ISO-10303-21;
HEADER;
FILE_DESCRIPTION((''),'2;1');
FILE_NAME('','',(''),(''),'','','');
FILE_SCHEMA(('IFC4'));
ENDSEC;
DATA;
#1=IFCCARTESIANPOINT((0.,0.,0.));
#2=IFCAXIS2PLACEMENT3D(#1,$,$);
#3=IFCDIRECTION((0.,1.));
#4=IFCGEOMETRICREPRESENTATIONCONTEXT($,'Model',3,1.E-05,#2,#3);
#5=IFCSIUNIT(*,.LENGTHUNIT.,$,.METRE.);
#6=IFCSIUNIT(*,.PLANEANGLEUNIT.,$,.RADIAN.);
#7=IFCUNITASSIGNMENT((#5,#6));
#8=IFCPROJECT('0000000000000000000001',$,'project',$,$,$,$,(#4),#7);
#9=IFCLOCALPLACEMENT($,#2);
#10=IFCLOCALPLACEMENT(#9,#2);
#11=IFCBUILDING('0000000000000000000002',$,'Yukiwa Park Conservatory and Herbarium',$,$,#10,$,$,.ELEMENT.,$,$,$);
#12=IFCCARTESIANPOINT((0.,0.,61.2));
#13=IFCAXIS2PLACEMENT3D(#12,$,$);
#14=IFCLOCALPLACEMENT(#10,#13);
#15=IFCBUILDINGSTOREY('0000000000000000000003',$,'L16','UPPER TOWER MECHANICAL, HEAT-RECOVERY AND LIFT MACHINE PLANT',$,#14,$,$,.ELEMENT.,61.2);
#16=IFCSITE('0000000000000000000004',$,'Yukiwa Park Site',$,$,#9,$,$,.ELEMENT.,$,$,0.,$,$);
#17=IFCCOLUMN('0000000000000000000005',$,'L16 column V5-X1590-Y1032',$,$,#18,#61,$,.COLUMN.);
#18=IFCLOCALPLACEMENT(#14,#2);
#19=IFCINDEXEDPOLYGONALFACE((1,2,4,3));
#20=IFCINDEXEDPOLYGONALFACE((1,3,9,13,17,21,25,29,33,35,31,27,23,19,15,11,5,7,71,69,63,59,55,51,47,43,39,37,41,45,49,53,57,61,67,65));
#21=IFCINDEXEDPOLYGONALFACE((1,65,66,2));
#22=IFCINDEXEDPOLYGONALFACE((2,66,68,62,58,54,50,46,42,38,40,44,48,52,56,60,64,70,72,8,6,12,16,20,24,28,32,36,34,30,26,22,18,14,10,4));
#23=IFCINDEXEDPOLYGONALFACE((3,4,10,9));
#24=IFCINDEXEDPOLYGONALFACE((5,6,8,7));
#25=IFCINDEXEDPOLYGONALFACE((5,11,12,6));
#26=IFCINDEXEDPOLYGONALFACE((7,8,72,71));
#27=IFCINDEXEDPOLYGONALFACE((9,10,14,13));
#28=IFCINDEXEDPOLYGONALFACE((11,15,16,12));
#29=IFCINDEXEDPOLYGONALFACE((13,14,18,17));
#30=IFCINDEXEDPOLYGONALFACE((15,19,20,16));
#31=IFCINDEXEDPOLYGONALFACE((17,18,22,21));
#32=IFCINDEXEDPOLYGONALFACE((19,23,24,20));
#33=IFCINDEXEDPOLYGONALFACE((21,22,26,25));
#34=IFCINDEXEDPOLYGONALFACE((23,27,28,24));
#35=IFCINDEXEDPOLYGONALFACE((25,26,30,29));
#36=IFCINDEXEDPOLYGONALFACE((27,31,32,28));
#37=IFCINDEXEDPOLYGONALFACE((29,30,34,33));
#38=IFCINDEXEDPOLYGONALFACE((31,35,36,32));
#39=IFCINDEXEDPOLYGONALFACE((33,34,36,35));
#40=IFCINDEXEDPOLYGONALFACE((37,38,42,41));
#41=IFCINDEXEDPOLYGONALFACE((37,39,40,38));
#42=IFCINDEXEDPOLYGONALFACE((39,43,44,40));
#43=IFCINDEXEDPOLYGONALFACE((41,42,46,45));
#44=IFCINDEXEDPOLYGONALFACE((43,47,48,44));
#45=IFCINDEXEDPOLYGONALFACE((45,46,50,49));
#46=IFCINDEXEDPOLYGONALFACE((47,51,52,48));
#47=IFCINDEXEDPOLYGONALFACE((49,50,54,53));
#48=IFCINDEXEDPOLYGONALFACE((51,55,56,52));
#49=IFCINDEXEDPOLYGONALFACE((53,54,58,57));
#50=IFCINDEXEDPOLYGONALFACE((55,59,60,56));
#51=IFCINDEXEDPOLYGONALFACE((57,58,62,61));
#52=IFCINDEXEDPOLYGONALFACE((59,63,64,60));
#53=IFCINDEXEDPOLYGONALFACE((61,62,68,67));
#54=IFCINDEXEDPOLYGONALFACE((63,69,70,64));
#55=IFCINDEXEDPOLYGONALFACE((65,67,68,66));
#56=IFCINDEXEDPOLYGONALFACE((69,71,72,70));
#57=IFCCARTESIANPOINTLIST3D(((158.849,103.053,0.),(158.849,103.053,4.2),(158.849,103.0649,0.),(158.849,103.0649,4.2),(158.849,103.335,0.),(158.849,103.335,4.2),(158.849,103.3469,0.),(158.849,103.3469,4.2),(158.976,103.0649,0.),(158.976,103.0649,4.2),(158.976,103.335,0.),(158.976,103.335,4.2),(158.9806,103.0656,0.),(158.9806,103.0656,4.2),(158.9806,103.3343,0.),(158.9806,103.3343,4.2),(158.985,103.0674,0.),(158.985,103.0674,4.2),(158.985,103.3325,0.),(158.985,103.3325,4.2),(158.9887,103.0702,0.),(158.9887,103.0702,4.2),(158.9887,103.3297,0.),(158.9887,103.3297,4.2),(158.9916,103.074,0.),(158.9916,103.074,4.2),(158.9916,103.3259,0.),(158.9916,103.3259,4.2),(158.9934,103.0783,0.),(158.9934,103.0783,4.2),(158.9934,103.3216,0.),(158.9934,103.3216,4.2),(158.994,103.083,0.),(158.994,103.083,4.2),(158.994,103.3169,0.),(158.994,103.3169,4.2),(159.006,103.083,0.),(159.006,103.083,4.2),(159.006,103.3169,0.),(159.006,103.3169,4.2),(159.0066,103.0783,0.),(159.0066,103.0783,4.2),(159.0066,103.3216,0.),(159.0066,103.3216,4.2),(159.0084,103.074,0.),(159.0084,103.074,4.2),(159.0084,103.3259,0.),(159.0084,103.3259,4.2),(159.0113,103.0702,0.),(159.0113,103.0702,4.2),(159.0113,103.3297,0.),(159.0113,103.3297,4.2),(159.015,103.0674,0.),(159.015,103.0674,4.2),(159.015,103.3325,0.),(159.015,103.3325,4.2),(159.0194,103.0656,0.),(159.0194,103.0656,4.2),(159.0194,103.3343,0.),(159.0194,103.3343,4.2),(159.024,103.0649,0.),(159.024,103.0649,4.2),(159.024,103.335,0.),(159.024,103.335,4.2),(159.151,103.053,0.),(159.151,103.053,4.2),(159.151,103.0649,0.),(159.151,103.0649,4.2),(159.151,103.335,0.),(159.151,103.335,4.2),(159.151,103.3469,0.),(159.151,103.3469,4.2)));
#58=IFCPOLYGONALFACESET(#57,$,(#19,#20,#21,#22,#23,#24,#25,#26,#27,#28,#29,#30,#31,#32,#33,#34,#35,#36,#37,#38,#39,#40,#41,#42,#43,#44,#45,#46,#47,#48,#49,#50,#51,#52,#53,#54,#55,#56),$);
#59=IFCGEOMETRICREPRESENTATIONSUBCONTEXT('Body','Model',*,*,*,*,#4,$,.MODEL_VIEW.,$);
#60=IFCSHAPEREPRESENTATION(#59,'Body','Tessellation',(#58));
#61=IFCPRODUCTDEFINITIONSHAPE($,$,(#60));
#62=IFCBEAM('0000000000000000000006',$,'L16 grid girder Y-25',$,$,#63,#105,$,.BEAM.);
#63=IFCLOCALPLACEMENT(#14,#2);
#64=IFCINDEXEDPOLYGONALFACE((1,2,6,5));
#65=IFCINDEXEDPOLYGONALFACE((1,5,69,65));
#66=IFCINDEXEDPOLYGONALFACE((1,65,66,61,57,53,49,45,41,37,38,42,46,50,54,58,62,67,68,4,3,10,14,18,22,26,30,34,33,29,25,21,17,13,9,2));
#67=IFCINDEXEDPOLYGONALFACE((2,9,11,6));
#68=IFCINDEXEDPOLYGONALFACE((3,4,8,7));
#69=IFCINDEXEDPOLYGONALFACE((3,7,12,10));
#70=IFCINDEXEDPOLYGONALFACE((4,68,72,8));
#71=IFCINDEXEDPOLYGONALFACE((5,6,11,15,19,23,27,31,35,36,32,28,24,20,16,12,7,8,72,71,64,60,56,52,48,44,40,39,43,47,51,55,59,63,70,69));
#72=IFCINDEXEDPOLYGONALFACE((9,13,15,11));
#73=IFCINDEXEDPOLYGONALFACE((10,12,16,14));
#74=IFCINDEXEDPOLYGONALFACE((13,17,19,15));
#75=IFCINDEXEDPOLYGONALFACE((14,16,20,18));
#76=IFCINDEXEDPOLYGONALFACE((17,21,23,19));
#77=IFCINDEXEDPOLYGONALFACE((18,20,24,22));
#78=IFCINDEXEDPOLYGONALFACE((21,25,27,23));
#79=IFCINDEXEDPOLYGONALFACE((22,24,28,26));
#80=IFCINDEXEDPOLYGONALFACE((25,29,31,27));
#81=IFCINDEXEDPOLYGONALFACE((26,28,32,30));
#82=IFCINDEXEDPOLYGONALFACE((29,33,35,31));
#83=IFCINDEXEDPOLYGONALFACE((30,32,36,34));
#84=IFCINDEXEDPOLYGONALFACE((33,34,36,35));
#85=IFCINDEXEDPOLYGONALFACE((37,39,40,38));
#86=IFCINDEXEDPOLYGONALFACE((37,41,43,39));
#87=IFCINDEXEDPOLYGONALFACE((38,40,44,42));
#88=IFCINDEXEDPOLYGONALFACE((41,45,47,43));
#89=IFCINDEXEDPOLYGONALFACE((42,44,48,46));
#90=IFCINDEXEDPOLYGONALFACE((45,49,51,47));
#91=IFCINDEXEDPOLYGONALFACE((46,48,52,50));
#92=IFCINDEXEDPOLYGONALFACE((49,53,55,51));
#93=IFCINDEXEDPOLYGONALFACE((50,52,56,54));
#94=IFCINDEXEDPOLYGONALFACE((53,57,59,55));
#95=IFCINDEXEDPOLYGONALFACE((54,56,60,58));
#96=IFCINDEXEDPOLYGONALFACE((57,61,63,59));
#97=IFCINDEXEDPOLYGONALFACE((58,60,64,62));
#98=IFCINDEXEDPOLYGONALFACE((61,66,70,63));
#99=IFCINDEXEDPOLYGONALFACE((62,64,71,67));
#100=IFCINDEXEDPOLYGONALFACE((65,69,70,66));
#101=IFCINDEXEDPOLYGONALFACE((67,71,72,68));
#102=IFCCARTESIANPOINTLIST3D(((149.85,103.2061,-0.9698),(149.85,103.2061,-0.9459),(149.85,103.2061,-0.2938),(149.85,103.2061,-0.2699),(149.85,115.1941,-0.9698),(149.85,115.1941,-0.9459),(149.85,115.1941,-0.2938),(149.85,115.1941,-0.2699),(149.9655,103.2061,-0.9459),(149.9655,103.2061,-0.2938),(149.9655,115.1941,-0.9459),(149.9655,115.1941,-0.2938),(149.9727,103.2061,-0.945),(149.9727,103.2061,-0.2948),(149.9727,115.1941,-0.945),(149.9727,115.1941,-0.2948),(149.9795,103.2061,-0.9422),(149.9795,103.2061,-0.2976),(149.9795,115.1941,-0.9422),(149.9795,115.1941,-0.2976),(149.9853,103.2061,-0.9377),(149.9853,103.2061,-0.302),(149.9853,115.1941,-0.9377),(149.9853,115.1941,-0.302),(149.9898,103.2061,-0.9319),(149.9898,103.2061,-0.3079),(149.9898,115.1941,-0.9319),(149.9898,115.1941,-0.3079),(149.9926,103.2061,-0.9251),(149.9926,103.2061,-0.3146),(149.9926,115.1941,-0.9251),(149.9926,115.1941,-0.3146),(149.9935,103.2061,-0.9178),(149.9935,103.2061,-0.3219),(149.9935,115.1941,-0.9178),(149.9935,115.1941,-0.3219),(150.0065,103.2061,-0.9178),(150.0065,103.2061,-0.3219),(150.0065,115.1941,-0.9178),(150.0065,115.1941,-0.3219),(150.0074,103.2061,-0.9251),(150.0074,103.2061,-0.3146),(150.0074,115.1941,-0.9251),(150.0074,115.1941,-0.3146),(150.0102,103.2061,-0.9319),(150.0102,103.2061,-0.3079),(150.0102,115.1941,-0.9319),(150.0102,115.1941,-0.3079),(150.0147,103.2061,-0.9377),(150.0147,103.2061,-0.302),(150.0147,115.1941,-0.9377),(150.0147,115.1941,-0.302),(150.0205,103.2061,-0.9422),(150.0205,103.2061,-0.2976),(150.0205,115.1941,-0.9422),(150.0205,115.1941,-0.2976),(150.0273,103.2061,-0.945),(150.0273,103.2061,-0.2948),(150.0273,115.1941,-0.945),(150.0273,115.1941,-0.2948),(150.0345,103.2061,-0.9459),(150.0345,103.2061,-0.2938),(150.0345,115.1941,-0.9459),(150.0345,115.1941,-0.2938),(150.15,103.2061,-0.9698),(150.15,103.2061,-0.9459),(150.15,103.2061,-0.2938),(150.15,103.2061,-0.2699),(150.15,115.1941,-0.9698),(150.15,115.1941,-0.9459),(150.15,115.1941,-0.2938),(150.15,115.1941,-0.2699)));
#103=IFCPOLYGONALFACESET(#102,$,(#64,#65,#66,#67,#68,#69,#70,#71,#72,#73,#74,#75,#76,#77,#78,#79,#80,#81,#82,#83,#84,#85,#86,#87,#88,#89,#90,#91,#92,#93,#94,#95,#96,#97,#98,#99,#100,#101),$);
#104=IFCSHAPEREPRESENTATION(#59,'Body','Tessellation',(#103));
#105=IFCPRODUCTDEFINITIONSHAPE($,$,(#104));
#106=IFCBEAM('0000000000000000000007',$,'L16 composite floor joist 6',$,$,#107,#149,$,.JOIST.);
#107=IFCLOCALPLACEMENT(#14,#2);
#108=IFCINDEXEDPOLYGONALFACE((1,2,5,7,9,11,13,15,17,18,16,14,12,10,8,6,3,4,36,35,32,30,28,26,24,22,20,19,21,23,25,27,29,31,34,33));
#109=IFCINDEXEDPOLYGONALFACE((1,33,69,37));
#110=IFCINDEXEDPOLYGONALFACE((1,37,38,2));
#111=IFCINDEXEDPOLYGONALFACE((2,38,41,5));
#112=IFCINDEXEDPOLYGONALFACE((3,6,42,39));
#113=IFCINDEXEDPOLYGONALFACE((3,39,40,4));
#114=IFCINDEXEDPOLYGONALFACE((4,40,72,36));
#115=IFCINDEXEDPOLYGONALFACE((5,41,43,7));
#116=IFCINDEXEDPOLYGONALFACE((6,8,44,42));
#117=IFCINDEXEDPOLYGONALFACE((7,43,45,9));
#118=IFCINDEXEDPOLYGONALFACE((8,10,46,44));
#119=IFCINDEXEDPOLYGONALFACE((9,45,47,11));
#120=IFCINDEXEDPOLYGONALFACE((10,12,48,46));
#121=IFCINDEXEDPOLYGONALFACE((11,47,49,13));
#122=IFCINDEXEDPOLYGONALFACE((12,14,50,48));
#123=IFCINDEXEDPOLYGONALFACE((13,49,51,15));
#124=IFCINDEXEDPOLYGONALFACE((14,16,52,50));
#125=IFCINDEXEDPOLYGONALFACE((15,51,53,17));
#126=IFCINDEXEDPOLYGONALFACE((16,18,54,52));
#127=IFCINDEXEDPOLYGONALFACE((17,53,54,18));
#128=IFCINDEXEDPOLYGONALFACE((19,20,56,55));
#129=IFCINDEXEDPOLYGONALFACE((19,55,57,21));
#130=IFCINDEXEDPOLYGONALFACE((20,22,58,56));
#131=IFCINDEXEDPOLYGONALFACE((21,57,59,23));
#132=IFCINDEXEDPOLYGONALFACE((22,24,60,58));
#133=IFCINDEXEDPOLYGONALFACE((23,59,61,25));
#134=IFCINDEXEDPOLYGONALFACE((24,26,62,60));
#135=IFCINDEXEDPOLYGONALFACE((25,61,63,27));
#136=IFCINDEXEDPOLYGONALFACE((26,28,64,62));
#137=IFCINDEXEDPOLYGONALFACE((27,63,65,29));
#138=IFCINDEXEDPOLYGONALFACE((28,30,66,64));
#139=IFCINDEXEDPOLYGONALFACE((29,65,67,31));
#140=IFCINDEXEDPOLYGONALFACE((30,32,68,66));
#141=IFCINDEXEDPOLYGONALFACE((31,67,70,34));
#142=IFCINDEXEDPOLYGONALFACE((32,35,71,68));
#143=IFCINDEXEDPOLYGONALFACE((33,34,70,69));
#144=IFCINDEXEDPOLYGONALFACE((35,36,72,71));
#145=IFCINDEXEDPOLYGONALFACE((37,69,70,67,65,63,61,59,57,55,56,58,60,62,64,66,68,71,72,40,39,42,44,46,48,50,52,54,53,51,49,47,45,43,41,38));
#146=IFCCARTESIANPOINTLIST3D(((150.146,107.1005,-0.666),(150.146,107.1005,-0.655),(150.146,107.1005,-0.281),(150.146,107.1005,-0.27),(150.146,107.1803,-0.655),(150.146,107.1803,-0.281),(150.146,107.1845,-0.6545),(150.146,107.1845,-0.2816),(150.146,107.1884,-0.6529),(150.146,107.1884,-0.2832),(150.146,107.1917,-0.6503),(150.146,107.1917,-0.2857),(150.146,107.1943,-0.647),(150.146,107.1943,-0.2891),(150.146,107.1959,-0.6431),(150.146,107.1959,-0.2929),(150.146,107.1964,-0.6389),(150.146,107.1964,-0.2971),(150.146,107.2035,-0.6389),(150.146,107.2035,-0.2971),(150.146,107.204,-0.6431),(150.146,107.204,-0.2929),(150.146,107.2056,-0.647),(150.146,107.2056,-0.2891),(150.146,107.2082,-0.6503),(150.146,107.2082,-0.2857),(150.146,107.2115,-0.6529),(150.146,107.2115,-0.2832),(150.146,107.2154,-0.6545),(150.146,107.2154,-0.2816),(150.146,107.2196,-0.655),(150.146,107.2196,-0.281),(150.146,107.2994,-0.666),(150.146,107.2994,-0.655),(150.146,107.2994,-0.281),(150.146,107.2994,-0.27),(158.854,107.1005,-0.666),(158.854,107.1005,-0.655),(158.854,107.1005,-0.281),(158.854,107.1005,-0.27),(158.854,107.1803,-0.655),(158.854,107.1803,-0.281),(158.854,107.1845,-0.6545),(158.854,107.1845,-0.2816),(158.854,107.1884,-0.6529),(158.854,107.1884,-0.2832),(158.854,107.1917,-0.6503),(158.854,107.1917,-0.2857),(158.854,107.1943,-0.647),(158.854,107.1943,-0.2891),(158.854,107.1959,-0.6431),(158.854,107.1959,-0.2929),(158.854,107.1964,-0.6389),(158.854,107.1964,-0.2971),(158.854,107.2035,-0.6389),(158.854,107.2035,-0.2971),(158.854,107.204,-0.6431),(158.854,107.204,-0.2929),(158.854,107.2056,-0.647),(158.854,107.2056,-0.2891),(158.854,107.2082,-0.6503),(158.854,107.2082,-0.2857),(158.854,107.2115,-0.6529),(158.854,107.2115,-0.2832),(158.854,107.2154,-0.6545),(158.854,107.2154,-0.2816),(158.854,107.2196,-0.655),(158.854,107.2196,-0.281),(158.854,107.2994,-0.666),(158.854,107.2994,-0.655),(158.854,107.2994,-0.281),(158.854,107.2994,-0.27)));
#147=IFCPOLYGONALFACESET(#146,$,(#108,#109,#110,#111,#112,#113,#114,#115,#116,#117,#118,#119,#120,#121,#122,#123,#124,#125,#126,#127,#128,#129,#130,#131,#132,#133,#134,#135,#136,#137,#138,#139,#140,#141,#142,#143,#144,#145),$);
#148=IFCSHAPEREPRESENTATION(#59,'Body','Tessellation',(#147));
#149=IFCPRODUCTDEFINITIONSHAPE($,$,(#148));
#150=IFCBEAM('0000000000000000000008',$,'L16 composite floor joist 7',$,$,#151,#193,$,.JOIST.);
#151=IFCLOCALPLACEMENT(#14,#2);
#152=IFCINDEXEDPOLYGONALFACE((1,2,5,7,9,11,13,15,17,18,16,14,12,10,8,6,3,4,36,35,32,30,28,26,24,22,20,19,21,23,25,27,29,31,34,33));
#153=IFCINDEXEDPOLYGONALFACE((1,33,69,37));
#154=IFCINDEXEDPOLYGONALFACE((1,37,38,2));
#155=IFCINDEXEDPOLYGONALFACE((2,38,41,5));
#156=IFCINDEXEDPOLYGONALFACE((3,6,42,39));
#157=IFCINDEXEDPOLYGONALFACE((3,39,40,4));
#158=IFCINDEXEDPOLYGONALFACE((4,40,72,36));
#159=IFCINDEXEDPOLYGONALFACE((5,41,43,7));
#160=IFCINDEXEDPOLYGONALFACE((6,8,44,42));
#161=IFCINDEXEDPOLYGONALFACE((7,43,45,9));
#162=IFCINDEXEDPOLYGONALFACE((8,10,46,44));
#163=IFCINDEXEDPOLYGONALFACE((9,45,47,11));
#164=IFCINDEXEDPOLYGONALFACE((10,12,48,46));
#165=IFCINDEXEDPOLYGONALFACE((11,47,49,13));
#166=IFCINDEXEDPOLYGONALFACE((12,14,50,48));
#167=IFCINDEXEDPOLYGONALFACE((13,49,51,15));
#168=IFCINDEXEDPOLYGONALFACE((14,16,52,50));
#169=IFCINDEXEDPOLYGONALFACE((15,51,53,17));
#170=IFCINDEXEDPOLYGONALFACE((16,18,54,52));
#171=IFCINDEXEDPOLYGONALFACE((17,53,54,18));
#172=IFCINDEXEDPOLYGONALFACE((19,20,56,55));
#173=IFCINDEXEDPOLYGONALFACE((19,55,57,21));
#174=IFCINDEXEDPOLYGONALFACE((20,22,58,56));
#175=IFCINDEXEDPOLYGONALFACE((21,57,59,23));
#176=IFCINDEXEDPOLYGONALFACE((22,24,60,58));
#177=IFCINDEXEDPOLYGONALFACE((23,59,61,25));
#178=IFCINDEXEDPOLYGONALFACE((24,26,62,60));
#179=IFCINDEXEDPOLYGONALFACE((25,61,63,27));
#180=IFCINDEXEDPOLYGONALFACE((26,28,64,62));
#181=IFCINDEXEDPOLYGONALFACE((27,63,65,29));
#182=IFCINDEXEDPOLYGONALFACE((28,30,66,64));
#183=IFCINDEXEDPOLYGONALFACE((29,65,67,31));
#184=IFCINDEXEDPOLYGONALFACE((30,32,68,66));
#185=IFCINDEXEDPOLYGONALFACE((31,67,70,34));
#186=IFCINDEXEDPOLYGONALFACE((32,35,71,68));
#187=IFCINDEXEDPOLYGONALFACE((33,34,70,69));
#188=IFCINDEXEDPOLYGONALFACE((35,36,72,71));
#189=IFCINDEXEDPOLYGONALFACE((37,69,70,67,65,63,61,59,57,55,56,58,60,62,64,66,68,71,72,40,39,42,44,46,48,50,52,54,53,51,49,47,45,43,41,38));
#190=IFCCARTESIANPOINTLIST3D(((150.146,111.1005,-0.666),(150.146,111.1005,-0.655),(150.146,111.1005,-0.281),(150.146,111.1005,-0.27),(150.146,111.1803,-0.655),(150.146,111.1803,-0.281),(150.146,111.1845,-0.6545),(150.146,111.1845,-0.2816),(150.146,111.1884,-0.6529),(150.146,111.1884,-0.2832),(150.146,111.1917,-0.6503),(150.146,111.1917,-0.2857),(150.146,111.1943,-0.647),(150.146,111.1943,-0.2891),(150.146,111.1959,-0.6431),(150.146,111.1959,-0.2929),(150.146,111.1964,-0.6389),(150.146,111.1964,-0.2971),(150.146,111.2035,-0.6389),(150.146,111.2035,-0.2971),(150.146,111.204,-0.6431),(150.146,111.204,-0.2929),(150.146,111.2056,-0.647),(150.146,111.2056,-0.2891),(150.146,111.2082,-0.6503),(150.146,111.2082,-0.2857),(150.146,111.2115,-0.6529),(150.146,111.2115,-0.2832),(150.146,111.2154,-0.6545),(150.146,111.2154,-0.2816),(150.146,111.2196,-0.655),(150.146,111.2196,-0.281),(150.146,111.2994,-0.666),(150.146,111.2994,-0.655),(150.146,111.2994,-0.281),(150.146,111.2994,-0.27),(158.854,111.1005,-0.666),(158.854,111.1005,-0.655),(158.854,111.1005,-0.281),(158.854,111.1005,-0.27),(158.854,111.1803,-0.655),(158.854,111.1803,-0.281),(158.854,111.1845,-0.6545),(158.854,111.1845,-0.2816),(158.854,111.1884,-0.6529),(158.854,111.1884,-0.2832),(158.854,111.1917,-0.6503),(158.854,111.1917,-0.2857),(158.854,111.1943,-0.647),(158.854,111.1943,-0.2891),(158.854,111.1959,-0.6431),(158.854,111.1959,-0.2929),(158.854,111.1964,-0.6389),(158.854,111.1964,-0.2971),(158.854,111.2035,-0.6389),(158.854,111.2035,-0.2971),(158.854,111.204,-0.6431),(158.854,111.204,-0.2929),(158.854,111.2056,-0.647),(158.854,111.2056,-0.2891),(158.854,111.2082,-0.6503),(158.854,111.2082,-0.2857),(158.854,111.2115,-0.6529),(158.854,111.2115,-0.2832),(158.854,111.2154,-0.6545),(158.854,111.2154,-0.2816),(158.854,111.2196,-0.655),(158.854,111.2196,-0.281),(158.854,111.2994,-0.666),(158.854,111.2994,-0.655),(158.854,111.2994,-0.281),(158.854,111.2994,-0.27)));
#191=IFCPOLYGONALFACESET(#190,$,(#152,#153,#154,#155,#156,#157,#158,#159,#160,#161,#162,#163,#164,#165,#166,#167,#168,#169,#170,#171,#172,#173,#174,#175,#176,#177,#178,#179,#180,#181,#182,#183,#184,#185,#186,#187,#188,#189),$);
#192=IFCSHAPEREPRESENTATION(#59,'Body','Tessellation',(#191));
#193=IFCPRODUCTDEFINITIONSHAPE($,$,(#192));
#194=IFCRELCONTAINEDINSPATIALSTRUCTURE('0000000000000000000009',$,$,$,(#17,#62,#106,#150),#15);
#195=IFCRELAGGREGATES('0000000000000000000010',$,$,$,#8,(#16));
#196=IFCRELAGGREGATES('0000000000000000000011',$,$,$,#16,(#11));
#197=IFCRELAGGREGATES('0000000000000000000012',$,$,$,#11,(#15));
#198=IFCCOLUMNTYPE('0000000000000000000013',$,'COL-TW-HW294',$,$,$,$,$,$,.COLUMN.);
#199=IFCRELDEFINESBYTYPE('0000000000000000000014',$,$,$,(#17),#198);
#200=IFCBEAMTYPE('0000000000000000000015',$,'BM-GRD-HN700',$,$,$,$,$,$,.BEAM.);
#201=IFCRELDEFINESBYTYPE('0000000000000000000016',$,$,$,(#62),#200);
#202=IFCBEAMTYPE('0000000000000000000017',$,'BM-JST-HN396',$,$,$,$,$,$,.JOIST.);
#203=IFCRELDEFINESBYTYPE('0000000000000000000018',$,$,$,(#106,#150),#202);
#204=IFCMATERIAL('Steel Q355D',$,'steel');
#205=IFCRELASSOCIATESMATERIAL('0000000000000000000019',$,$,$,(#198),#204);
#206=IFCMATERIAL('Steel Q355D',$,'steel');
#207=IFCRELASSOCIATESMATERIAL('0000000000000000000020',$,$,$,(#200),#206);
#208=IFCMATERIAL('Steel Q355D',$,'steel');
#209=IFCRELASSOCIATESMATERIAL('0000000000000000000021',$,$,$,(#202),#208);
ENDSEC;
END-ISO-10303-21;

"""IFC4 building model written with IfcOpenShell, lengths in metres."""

from ifc_helpers import new_model, si_unit, direction, frame, origin, origin_2d, place, context, subcontext, project, spatial, i_section, extrude, material, material_profile, profile_set, type_object, element, save


model = new_model("IFC4")

# Units and contexts
model_context = context("Model", 3, precision=1e-05, world=origin(), true_north=direction((0.0, 1.0)))
body_context = subcontext(model_context, "Body", "Model", "MODEL_VIEW")
ifc_project = project(units=[si_unit("LENGTHUNIT", "METRE"), si_unit("PLANEANGLEUNIT", "RADIAN")], contexts=[model_context])

# Site, building, storey
site_placement = place(None, origin())
site = spatial("IfcSite", under=ifc_project, at=site_placement, Name="Yukiwa Park Site", CompositionType="ELEMENT", RefElevation=0.0)
building_placement = place(site_placement, origin())
building = spatial("IfcBuilding", under=site, at=building_placement, Name="Yukiwa Park Conservatory and Herbarium", CompositionType="ELEMENT")
storey_placement = place(building_placement, frame((0.0, 0.0, 61.2)))
storey = spatial("IfcBuildingStorey", under=building, at=storey_placement, Name="L16", Description="UPPER TOWER MECHANICAL, HEAT-RECOVERY AND LIFT MACHINE PLANT", CompositionType="ELEMENT", Elevation=61.2)

# Column
ifc_material_1 = material(Name="Steel Q355D", Category="steel")
ifc_material_profile_1 = material_profile(ifc_material_1, i_section(OverallWidth=0.302, OverallDepth=0.2939, WebThickness=0.012, FlangeThickness=0.012, FilletRadius=0.0181, at=origin_2d()), Name="HW 294x302x12x12")
ifc_profile_set_1 = profile_set([ifc_material_profile_1], Name="Steel Q355D")
column_type_1 = type_object("IfcColumnType", Name="COL-TW-HW294", PredefinedType="COLUMN", material=ifc_profile_set_1)
for number, where, z_axis, x_axis, name in (
    (1, (159.0, 103.2, 0.0), (0.0, 0.0, 1.0), (1.0, 0.0, 0.0), "L16 column V5-X1590-Y1032"),
):
    element("IfcColumn", number, at=place(storey_placement, frame(where, z_axis=z_axis, x_axis=x_axis)), inside=storey, type_object=column_type_1, Name=name, PredefinedType="COLUMN", context=body_context, shape_type="SweptSolid", body=[
        extrude(i_section(OverallWidth=0.302, OverallDepth=0.2939, WebThickness=0.012, FlangeThickness=0.012, FilletRadius=0.0181, at=origin_2d()), origin(), (0.0, 0.0, 1.0), 4.2),
    ])

# Beams
ifc_material_2 = material(Name="Steel Q355D", Category="steel")
ifc_material_profile_2 = material_profile(ifc_material_2, i_section(OverallWidth=0.3, OverallDepth=0.7, WebThickness=0.0129, FlangeThickness=0.0239, FilletRadius=0.0281, at=origin_2d()), Name="HN 700x300x13x24")
ifc_profile_set_2 = profile_set([ifc_material_profile_2], Name="Steel Q355D")
beam_type_1 = type_object("IfcBeamType", Name="BM-GRD-HN700", PredefinedType="BEAM", material=ifc_profile_set_2)
beam_placement = place(storey_placement, frame((150.0, 103.2061, -0.6199), z_axis=(0.0, 1.0, 0.0), x_axis=(-1.0, 0.0, 0.0)))
element("IfcBeam", 2, at=beam_placement, inside=storey, type_object=beam_type_1, Name="L16 grid girder Y-25", PredefinedType="BEAM", context=body_context, shape_type="SweptSolid", body=[
    extrude(i_section(OverallWidth=0.3, OverallDepth=0.7, WebThickness=0.0129, FlangeThickness=0.0239, FilletRadius=0.0281, at=origin_2d()), origin(), (0.0, 0.0, 1.0), 11.988),
])
ifc_material_3 = material(Name="Steel Q355D", Category="steel")
ifc_material_profile_3 = material_profile(ifc_material_3, i_section(OverallWidth=0.199, OverallDepth=0.396, WebThickness=0.0071, FlangeThickness=0.011, FilletRadius=0.0161, at=origin_2d()), Name="HN 396x199x7x11")
ifc_profile_set_3 = profile_set([ifc_material_profile_3], Name="Steel Q355D")
beam_type_2 = type_object("IfcBeamType", Name="BM-JST-HN396", PredefinedType="JOIST", material=ifc_profile_set_3)
for number, where, z_axis, x_axis, name in (
    (3, (150.146, 107.2, -0.468), (1.0, 0.0, 0.0), (0.0, 1.0, 0.0), "L16 composite floor joist 6"),
    (4, (150.146, 111.2, -0.468), (1.0, 0.0, 0.0), (0.0, 1.0, 0.0), "L16 composite floor joist 7"),
):
    element("IfcBeam", number, at=place(storey_placement, frame(where, z_axis=z_axis, x_axis=x_axis)), inside=storey, type_object=beam_type_2, Name=name, PredefinedType="JOIST", context=body_context, shape_type="SweptSolid", body=[
        extrude(i_section(OverallWidth=0.199, OverallDepth=0.396, WebThickness=0.0071, FlangeThickness=0.011, FilletRadius=0.0161, at=origin_2d()), origin(), (0.0, 0.0, 1.0), 8.708),
    ])

save(model, "model.ifc")
